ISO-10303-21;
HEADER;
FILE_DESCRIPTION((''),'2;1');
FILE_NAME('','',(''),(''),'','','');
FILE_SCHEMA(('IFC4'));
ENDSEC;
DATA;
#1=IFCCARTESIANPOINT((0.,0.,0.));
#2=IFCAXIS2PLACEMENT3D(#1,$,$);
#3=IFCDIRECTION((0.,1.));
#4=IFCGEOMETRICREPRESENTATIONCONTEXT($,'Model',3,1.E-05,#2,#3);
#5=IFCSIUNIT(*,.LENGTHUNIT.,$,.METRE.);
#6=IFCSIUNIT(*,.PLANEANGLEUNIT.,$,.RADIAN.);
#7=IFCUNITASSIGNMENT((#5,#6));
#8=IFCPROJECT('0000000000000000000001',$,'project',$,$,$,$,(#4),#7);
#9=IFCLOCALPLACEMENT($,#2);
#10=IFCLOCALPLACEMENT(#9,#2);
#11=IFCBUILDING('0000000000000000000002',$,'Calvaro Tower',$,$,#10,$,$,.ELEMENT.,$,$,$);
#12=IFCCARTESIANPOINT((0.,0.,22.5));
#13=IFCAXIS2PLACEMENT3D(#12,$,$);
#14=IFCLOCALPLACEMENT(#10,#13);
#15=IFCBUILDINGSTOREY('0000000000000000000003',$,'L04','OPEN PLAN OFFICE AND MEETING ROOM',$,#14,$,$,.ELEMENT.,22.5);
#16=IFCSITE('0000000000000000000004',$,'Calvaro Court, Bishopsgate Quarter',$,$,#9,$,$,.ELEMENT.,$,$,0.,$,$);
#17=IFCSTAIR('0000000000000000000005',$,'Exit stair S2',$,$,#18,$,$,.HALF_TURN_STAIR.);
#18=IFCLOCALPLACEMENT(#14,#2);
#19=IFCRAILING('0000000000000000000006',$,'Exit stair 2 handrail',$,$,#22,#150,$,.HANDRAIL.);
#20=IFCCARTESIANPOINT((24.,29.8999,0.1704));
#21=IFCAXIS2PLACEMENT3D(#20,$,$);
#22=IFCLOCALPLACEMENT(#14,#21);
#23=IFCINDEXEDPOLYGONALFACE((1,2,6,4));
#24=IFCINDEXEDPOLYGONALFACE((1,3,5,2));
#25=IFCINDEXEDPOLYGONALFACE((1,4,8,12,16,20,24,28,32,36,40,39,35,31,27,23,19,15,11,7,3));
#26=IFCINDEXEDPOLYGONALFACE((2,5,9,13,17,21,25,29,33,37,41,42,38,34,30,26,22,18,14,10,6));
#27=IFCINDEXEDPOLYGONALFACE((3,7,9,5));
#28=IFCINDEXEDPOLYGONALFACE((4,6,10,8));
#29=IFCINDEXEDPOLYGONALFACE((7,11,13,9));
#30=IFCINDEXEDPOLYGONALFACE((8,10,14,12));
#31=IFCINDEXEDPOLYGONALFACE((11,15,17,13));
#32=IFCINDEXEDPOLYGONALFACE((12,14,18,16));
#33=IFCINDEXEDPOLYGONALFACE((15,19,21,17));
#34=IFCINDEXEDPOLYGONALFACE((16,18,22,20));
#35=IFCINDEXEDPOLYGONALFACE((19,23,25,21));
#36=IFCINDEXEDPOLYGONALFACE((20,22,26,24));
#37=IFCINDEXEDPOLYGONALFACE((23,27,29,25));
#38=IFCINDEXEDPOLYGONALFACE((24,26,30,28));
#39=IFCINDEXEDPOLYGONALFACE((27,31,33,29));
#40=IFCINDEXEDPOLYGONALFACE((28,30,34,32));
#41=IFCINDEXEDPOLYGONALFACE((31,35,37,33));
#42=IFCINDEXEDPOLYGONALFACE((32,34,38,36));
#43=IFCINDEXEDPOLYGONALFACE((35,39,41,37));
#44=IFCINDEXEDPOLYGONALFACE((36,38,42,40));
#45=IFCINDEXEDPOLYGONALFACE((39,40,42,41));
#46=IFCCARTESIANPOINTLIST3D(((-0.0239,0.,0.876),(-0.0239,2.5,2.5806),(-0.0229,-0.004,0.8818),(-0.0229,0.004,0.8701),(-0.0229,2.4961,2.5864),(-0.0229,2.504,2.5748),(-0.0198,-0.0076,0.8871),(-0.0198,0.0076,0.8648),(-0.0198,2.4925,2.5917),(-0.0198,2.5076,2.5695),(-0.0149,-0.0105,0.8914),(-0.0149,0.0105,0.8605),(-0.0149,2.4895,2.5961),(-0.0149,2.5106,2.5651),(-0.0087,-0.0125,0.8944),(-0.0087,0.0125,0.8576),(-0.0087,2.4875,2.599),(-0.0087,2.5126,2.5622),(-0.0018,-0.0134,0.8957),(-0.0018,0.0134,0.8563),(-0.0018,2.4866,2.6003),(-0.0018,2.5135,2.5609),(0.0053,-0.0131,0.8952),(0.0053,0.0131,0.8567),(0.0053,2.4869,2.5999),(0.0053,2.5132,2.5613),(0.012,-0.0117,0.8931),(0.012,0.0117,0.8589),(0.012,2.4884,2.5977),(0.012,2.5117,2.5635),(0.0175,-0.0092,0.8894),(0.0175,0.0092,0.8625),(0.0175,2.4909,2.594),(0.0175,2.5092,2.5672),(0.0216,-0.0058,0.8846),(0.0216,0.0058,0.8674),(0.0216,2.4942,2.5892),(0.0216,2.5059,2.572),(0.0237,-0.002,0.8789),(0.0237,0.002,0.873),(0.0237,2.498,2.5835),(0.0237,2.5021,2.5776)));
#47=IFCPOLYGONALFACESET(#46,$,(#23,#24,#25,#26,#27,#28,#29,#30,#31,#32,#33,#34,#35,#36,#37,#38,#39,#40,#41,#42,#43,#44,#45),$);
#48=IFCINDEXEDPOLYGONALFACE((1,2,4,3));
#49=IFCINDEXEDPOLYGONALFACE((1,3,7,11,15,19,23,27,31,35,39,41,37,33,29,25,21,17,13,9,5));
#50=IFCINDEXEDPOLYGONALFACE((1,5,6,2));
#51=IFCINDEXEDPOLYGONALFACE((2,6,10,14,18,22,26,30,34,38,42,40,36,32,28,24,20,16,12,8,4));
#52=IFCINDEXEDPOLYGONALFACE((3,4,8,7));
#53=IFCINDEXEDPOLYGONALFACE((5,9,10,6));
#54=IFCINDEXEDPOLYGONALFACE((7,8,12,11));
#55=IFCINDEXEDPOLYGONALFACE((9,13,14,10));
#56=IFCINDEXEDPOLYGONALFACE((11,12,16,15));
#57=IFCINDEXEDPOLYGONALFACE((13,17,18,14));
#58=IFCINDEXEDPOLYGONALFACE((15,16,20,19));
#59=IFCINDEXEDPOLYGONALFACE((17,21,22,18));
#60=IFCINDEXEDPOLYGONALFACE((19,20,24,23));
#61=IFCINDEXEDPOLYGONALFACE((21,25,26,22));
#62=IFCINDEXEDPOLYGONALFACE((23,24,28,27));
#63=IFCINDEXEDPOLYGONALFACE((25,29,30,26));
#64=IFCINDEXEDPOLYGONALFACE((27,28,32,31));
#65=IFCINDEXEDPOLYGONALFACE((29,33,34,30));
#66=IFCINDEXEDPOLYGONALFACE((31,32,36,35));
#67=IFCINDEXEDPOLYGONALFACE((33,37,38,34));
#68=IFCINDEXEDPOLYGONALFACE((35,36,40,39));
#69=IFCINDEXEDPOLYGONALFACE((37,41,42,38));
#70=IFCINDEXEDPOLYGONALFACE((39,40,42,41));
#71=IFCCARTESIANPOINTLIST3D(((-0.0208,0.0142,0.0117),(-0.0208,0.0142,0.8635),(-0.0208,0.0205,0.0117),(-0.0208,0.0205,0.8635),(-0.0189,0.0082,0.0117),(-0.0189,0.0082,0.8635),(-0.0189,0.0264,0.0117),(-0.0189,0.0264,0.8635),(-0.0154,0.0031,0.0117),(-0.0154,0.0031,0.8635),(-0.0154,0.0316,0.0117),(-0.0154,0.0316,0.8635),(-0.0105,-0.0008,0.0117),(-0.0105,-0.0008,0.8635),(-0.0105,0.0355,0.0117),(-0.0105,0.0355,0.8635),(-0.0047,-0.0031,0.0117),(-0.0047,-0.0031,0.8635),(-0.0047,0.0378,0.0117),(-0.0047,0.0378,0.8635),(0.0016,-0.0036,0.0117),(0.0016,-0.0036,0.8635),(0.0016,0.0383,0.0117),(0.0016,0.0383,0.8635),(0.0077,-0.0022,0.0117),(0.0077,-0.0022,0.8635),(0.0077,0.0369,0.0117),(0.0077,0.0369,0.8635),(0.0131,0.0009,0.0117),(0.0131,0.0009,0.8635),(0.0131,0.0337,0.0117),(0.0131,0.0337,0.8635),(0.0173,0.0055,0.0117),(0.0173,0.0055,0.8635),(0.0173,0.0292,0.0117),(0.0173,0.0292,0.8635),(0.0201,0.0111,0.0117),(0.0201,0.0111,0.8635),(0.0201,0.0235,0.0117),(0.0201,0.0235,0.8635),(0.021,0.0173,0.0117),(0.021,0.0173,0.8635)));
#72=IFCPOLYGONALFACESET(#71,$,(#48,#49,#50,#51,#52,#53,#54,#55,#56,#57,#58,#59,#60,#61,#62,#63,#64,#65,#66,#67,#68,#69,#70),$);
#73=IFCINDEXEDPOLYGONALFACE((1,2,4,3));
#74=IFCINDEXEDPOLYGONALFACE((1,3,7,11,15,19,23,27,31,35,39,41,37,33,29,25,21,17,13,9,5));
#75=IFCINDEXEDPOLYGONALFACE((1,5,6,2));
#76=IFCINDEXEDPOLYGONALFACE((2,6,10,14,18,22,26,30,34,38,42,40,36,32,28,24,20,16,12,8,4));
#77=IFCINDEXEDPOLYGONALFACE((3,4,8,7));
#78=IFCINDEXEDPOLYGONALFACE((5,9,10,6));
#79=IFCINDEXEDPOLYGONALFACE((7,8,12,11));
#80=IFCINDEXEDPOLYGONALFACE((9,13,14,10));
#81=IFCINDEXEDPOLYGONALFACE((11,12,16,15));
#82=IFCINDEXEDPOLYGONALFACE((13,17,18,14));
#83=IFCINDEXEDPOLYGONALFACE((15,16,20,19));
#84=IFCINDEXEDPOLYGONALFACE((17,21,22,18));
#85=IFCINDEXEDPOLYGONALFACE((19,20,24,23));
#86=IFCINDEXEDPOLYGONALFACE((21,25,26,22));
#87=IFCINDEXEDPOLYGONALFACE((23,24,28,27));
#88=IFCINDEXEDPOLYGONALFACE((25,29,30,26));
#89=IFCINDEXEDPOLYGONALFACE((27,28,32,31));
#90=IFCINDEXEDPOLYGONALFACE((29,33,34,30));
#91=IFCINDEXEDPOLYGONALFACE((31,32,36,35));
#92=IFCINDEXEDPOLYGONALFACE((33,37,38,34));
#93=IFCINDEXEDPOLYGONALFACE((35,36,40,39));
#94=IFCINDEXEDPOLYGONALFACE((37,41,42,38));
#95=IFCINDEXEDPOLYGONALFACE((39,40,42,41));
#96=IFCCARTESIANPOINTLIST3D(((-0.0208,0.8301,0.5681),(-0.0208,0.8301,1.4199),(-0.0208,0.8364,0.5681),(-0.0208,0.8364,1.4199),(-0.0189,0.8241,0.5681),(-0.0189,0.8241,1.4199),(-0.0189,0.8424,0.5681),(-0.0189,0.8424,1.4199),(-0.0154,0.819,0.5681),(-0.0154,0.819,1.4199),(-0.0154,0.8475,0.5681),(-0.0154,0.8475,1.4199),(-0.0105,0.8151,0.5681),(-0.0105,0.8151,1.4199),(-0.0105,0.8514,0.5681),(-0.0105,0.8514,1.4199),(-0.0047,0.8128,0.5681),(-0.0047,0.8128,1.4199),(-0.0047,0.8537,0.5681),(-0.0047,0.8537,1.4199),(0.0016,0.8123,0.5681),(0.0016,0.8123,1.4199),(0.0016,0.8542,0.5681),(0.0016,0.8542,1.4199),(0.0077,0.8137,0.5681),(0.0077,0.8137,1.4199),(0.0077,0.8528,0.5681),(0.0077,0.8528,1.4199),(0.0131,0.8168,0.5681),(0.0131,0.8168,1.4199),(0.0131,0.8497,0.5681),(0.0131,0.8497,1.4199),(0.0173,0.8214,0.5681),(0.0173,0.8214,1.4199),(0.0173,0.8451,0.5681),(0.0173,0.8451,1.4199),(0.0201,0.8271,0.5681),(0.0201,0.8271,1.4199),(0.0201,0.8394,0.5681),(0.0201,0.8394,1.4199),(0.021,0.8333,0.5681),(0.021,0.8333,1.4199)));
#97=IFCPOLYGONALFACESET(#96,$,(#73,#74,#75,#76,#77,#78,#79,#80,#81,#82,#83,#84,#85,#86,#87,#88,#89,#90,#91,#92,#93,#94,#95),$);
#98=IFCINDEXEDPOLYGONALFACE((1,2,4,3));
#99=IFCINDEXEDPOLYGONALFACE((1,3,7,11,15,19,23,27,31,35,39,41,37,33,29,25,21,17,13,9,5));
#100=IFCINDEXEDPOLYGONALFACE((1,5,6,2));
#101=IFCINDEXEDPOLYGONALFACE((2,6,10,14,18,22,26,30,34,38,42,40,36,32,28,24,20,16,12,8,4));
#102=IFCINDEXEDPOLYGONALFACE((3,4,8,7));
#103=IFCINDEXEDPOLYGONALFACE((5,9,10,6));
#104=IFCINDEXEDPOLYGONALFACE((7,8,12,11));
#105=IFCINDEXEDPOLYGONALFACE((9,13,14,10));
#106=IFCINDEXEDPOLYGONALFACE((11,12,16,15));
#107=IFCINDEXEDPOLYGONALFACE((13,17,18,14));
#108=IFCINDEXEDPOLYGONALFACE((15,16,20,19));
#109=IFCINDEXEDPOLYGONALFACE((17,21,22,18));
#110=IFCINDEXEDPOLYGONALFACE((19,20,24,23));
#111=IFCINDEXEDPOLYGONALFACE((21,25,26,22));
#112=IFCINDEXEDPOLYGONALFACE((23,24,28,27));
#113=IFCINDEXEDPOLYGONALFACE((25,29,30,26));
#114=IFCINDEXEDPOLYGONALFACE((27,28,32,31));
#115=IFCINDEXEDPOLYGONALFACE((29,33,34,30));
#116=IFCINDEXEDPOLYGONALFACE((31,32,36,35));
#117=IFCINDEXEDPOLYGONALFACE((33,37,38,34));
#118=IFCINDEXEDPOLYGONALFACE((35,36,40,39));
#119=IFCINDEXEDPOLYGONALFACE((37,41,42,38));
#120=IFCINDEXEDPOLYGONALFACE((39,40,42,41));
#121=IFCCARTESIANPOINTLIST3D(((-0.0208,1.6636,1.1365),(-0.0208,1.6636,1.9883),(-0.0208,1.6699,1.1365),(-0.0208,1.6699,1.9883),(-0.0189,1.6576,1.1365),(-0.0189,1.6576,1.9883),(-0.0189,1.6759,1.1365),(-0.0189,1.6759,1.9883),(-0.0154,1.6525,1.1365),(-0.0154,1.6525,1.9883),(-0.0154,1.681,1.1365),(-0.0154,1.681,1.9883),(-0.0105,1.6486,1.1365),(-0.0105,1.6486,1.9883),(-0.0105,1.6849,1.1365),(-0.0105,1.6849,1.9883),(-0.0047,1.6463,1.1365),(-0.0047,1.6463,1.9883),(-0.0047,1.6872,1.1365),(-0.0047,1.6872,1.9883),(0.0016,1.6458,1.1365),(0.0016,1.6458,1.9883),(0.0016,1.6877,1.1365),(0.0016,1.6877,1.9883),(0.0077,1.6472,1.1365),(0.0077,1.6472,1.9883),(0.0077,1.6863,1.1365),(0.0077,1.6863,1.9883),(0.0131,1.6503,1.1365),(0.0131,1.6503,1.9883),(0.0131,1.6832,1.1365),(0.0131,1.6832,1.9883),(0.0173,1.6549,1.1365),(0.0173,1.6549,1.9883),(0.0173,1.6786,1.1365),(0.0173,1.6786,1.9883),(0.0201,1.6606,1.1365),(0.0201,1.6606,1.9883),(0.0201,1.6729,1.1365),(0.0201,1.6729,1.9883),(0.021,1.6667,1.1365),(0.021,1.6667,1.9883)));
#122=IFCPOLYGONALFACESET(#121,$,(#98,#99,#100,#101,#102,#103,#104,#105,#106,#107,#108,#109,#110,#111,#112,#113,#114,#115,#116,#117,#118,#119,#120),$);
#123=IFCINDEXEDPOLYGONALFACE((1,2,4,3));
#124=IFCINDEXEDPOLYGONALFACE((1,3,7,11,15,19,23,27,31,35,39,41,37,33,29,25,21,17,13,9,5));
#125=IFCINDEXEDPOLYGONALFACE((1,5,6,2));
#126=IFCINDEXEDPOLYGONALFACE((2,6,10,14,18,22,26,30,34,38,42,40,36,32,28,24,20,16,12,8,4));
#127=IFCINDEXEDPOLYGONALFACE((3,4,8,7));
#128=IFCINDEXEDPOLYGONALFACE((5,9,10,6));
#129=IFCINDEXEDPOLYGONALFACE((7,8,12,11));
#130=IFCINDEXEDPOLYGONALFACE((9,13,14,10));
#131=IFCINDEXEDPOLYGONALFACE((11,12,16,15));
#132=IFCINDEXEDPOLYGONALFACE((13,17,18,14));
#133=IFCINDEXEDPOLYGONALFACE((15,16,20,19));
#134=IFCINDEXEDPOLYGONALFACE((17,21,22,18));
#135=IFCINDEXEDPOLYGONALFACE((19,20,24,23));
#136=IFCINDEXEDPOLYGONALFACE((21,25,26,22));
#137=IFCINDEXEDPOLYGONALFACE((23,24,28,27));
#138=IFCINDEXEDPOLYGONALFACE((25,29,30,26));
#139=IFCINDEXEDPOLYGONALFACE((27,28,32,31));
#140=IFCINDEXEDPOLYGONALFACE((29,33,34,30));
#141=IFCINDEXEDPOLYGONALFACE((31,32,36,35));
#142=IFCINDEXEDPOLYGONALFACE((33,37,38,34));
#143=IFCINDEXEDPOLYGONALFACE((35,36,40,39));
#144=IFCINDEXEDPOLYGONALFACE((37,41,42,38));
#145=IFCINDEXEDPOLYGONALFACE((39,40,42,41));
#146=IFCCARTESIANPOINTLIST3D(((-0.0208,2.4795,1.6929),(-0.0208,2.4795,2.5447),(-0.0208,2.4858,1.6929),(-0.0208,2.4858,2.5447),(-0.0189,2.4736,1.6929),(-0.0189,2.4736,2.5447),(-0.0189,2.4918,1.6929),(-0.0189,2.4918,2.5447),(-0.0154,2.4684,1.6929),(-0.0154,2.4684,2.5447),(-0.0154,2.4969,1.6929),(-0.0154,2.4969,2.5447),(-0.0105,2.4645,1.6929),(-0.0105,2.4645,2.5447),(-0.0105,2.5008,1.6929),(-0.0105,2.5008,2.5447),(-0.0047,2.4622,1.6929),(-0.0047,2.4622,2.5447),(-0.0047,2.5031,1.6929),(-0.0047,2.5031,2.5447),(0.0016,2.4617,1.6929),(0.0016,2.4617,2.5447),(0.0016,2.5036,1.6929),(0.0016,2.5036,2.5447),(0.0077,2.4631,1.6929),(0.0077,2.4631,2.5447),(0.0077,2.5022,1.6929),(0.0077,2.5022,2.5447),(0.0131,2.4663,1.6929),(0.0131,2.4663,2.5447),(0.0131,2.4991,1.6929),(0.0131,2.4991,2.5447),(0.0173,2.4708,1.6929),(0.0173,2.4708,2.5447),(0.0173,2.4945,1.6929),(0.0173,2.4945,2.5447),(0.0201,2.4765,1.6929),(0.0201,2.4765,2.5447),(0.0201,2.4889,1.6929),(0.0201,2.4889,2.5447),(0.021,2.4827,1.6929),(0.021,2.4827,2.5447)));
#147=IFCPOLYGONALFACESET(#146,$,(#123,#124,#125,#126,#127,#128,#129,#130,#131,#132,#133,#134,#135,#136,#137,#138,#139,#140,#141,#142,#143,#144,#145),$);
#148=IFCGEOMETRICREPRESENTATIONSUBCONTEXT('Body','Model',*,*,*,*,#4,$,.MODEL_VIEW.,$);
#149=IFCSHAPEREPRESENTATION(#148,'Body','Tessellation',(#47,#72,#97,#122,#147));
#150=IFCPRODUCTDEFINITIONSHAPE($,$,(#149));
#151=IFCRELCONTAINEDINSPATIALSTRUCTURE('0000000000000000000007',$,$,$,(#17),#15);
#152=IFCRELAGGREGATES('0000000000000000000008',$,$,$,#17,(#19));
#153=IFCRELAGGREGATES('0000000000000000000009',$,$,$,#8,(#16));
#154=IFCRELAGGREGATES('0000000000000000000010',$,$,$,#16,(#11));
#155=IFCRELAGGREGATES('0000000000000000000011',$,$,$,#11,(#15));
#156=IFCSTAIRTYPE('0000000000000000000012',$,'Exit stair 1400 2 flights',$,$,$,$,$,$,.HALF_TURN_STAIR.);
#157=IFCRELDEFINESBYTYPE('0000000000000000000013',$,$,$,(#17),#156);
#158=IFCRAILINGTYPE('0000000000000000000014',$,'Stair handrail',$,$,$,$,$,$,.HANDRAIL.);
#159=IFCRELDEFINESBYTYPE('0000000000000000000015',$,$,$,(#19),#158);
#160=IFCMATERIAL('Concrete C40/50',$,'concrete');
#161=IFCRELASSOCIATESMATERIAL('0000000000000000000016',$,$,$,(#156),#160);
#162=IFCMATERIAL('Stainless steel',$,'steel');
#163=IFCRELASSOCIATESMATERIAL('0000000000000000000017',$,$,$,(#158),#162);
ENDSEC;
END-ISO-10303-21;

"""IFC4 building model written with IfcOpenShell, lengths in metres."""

from ifc_helpers import new_model, si_unit, direction, frame, origin, origin_2d, place, context, subcontext, project, spatial, circle, extrude, material, type_object, element, aggregate, save


model = new_model("IFC4")

# Units and contexts
model_context = context("Model", 3, precision=1e-05, world=origin(), true_north=direction((0.0, 1.0)))
body_context = subcontext(model_context, "Body", "Model", "MODEL_VIEW")
ifc_project = project(units=[si_unit("LENGTHUNIT", "METRE"), si_unit("PLANEANGLEUNIT", "RADIAN")], contexts=[model_context])

# Site, building, storey
site_placement = place(None, origin())
site = spatial("IfcSite", under=ifc_project, at=site_placement, Name="Calvaro Court, Bishopsgate Quarter", CompositionType="ELEMENT", RefElevation=0.0)
building_placement = place(site_placement, origin())
building = spatial("IfcBuilding", under=site, at=building_placement, Name="Calvaro Tower", CompositionType="ELEMENT")
storey_placement = place(building_placement, frame((0.0, 0.0, 22.5)))
storey = spatial("IfcBuildingStorey", under=building, at=storey_placement, Name="L04", Description="OPEN PLAN OFFICE AND MEETING ROOM", CompositionType="ELEMENT", Elevation=22.5)

# Stair, railing
ifc_material_1 = material(Name="Concrete C40/50", Category="concrete")
stair_type = type_object("IfcStairType", Name="Exit stair 1400 2 flights", PredefinedType="HALF_TURN_STAIR", material=ifc_material_1)
stair_placement = place(storey_placement, origin())
stair = element("IfcStair", 1, at=stair_placement, inside=storey, type_object=stair_type, Name="Exit stair S2", PredefinedType="HALF_TURN_STAIR")
ifc_material_2 = material(Name="Stainless steel", Category="steel")
railing_type = type_object("IfcRailingType", Name="Stair handrail", PredefinedType="HANDRAIL", material=ifc_material_2)
railing_placement = place(storey_placement, frame((24.0, 29.8999, 0.1704)))
railing = element("IfcRailing", 2, at=railing_placement, type_object=railing_type, Name="Exit stair 2 handrail", PredefinedType="HANDRAIL", context=body_context, shape_type="SweptSolid", body=[
    extrude(circle(Radius=0.0239, at=origin_2d()), frame((0.0, 0.0, 0.876), z_axis=(0.0, 0.826221, 0.563347), x_axis=(-1.0, 0.0, 0.0)), (0.0, 0.0, 1.0), 3.0259),
    extrude(circle(Radius=0.021, at=origin_2d()), frame((0.0, 0.0173, 0.0117)), (0.0, 0.0, 1.0), 0.8518),
    extrude(circle(Radius=0.021, at=origin_2d()), frame((0.0, 0.8333, 0.5681)), (0.0, 0.0, 1.0), 0.8518),
    extrude(circle(Radius=0.021, at=origin_2d()), frame((0.0, 1.6667, 1.1365)), (0.0, 0.0, 1.0), 0.8518),
    extrude(circle(Radius=0.021, at=origin_2d()), frame((0.0, 2.4827, 1.6929)), (0.0, 0.0, 1.0), 0.8518),
])
aggregate(stair, [railing])

save(model, "model.ifc")
